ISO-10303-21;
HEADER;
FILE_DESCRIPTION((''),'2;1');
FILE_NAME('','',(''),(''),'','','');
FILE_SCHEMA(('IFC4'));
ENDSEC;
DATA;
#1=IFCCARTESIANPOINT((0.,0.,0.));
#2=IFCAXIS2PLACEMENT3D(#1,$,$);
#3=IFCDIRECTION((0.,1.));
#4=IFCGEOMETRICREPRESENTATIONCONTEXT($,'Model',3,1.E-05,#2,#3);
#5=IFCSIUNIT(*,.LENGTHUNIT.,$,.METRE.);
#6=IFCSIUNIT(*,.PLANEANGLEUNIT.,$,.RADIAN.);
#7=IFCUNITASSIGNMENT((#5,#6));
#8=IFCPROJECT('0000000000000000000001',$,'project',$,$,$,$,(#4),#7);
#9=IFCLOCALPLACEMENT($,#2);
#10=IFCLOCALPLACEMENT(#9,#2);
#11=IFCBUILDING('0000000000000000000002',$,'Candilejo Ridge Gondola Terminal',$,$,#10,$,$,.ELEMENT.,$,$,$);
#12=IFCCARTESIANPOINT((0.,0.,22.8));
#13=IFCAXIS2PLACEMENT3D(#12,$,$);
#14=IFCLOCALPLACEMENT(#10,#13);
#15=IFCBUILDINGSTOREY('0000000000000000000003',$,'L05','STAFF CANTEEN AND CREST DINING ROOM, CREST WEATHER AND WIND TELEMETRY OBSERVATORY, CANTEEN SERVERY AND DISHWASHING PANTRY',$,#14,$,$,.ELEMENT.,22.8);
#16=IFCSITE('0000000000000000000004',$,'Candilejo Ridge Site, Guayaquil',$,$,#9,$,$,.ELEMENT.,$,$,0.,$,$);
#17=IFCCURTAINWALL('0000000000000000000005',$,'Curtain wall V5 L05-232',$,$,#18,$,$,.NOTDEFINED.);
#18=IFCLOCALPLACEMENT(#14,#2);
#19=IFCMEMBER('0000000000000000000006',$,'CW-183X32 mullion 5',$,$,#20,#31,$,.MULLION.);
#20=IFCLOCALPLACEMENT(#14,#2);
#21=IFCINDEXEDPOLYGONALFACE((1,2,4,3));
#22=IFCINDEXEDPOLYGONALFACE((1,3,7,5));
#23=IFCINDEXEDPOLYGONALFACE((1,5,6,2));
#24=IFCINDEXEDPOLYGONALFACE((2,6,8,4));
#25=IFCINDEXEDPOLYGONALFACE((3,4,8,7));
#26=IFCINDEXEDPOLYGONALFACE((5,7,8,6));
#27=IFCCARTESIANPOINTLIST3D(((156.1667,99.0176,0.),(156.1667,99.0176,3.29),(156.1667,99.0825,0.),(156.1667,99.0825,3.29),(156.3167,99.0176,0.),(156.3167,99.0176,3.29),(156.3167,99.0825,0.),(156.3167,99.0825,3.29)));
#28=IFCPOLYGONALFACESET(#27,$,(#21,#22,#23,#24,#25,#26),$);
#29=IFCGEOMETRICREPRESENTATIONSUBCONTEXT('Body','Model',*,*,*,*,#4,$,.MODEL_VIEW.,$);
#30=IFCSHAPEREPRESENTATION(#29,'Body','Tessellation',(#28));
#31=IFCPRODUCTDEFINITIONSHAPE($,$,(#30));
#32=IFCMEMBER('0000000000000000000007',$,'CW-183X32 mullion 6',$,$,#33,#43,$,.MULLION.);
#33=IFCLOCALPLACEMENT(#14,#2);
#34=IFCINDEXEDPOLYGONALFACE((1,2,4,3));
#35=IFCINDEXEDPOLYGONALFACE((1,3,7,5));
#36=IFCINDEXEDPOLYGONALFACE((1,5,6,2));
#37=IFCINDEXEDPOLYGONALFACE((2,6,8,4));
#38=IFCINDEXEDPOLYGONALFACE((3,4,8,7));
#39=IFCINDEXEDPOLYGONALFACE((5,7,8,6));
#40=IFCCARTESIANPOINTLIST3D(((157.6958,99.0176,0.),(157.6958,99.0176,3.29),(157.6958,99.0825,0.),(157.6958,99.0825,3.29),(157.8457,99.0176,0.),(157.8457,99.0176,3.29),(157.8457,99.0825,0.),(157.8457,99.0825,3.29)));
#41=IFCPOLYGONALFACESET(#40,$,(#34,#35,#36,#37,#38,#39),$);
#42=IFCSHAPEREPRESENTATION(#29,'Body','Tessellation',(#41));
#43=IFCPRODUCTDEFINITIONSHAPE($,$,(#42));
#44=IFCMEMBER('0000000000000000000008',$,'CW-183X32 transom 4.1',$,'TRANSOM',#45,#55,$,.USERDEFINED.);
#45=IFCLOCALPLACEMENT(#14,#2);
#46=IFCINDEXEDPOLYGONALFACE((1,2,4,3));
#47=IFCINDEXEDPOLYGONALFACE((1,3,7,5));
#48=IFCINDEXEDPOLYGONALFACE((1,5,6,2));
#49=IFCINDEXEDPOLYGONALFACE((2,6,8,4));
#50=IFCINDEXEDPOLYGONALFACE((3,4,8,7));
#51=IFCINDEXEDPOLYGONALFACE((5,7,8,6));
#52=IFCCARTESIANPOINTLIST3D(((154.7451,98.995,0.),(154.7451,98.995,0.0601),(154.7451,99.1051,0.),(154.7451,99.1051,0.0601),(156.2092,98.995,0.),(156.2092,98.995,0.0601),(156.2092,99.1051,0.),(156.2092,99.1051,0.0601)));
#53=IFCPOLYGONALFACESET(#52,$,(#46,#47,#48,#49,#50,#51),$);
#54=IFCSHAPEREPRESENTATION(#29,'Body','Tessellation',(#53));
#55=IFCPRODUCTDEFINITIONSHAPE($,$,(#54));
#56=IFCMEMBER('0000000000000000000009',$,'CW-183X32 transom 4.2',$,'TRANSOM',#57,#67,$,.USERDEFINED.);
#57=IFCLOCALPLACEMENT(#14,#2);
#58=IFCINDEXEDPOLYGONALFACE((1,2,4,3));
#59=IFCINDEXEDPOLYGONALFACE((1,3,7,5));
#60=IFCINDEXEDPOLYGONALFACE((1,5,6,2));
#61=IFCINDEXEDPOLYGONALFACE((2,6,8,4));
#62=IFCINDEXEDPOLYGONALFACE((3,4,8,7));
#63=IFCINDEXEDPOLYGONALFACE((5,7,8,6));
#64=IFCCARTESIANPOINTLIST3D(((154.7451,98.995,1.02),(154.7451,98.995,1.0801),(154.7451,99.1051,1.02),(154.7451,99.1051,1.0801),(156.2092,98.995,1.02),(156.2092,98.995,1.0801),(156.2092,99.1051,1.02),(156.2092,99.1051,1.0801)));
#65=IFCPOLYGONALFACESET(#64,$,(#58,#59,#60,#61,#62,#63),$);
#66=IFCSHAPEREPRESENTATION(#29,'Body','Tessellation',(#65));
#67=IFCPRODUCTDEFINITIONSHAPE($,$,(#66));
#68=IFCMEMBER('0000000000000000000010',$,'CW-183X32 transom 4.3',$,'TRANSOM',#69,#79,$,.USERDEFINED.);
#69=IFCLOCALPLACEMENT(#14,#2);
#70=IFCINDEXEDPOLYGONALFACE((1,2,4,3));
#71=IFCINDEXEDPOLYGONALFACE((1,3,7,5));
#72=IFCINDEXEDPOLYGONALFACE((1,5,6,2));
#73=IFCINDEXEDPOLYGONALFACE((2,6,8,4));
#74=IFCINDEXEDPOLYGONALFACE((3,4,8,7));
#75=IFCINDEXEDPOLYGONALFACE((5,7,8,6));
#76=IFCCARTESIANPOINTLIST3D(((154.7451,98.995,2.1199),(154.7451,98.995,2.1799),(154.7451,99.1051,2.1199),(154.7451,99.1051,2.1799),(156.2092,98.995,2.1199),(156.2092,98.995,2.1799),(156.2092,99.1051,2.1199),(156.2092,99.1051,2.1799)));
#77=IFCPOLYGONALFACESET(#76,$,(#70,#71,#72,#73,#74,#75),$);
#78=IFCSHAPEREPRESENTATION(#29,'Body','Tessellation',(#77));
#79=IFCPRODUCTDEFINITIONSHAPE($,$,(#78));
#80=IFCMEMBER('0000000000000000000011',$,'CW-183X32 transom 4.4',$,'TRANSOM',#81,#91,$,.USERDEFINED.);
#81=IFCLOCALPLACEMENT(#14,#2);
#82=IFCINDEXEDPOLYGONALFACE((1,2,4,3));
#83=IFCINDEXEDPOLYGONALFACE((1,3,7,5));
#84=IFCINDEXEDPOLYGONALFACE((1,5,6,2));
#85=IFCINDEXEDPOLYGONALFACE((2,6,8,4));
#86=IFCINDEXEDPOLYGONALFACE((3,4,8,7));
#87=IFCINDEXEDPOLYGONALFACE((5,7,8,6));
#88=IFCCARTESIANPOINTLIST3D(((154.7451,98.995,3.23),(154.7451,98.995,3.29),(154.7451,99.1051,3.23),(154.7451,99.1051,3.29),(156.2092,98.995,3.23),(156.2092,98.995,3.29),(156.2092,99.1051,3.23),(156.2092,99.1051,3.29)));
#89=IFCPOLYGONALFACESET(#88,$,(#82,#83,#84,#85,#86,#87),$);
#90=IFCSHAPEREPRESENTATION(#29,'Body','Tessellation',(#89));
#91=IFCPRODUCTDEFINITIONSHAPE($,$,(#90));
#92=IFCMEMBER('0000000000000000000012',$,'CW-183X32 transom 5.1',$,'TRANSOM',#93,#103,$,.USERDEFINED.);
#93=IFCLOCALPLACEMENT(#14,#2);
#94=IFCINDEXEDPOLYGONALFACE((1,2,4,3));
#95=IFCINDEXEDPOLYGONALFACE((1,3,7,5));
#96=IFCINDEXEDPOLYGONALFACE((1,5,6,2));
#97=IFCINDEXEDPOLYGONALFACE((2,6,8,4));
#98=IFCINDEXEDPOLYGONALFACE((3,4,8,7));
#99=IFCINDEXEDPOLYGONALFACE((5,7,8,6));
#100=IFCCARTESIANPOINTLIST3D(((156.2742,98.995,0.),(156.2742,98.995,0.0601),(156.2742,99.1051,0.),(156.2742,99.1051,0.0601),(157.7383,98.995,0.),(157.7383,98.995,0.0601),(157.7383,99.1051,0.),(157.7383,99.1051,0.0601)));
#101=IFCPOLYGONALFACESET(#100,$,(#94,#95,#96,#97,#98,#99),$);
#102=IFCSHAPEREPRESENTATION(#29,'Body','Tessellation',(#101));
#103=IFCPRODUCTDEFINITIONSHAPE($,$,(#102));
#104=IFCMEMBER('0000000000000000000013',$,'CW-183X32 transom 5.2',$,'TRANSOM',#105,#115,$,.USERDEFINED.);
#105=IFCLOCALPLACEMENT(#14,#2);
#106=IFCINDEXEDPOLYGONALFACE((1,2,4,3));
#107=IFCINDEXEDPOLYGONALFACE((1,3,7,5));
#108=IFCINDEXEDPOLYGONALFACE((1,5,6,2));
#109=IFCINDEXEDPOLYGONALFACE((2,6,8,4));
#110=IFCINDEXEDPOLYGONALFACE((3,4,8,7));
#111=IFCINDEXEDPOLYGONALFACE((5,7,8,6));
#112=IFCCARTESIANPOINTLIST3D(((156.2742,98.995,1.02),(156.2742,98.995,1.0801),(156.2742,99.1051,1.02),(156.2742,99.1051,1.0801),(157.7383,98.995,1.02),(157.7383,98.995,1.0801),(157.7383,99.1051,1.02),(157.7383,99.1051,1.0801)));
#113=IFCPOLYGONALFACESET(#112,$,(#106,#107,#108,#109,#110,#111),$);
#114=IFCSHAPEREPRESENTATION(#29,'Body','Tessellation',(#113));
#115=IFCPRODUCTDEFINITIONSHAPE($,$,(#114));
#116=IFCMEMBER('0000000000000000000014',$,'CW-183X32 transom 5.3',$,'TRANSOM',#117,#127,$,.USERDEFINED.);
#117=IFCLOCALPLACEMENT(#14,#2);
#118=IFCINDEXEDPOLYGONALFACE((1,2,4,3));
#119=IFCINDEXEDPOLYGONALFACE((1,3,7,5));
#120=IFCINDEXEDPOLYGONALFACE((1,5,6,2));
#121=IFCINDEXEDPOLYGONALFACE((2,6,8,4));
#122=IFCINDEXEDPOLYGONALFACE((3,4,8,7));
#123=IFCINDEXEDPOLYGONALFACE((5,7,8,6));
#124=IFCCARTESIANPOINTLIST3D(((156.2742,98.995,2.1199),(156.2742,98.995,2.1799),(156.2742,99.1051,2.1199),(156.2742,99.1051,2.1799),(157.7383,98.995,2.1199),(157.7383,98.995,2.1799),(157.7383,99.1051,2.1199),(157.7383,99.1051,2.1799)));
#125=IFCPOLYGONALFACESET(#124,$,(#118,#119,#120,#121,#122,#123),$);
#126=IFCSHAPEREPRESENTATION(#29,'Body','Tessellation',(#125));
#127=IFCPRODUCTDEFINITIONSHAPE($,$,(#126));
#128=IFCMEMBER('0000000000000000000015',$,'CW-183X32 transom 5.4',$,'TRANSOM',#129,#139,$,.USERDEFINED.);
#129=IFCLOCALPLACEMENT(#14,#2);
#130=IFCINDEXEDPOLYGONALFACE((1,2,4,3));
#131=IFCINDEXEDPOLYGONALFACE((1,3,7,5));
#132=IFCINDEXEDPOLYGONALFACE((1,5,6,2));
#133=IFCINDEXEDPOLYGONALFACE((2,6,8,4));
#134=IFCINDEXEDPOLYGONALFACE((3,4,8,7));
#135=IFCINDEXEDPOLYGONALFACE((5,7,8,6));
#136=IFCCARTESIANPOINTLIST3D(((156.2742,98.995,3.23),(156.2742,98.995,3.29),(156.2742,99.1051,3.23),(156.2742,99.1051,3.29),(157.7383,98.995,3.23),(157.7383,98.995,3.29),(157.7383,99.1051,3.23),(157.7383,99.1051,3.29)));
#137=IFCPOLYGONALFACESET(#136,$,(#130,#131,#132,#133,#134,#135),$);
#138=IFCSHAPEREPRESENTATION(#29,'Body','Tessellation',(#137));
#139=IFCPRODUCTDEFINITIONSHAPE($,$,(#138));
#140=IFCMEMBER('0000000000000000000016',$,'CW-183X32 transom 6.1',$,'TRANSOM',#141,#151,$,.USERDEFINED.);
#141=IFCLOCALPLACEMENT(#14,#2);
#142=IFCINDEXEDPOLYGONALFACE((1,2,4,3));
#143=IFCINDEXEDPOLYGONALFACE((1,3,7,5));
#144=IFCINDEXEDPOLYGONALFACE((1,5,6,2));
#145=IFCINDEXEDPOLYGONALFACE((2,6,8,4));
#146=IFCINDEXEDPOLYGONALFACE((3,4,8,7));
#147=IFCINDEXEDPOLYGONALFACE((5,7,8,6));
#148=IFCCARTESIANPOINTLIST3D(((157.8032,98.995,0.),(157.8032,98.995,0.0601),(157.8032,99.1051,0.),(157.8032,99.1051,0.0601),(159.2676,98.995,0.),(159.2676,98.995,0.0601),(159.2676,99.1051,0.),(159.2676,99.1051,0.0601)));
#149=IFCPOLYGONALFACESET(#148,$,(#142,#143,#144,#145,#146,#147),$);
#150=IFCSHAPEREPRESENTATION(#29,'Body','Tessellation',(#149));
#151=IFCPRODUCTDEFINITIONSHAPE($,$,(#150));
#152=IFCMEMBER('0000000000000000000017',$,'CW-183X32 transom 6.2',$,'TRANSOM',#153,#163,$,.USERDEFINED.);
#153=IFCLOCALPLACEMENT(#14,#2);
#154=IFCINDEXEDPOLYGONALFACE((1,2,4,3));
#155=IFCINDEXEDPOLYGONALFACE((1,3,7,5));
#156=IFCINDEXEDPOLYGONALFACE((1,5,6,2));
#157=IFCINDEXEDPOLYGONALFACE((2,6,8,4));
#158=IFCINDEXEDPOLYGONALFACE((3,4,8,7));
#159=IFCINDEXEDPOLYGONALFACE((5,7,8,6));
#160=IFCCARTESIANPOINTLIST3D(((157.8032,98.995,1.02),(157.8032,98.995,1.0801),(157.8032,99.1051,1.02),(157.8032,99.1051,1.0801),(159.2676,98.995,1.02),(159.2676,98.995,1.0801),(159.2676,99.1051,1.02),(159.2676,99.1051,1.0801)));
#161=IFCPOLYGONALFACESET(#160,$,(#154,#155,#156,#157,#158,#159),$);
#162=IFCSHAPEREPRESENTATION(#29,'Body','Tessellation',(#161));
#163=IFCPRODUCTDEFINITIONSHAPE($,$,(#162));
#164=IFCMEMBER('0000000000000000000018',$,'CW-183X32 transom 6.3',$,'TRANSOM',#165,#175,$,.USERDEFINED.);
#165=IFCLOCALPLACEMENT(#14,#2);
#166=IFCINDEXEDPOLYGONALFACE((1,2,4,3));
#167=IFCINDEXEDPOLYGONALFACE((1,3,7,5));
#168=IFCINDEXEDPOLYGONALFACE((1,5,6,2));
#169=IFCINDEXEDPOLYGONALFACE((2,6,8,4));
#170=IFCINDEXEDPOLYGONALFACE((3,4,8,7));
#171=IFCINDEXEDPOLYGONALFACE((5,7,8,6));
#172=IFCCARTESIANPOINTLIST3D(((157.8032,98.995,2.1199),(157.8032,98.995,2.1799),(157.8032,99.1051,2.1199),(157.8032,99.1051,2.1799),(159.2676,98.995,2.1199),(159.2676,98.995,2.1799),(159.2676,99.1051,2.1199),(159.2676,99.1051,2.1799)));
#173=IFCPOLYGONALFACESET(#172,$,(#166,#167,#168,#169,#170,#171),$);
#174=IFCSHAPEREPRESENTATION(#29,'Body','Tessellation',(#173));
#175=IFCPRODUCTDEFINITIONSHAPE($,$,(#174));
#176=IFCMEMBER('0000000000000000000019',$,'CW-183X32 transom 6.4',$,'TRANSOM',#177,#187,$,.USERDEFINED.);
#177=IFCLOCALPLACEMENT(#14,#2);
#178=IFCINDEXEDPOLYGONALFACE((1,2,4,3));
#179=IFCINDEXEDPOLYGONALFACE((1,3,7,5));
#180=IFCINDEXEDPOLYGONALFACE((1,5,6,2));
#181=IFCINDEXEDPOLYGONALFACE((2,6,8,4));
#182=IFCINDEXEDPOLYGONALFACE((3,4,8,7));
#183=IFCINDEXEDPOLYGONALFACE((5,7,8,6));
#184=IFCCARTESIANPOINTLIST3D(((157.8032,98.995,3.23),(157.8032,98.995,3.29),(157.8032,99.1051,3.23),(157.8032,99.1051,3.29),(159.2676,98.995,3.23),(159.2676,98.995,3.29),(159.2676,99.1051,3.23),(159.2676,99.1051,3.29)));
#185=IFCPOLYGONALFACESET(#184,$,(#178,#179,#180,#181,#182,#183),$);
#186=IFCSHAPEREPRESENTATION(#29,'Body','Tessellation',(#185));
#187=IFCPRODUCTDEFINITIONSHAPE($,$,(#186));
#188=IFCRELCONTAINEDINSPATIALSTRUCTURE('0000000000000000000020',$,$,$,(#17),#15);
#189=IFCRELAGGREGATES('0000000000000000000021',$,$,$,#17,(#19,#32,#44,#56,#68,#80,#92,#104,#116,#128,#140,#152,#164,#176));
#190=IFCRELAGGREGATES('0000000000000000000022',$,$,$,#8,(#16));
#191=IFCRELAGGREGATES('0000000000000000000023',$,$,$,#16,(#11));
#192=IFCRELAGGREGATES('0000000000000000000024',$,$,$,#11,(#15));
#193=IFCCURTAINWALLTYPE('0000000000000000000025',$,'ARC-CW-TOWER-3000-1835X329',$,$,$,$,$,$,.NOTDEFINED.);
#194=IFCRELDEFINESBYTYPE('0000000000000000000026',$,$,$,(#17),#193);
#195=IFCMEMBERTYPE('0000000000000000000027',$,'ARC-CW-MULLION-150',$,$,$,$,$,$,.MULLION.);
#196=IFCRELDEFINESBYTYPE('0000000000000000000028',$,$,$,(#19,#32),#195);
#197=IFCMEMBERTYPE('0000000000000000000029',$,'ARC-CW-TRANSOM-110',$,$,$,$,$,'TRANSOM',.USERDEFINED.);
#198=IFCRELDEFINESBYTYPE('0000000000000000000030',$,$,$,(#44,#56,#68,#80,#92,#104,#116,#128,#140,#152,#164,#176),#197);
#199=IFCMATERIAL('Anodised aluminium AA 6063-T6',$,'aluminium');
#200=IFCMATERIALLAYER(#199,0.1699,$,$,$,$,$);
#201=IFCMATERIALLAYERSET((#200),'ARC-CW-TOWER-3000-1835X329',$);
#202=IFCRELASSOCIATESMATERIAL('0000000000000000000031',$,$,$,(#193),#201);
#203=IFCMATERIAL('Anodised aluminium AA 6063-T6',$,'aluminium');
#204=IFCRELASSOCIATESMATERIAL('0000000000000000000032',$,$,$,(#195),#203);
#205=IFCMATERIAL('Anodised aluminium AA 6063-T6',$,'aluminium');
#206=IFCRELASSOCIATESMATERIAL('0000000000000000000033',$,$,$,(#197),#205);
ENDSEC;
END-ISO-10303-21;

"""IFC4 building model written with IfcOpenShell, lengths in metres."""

from ifc_helpers import new_model, si_unit, direction, frame, origin, origin_2d, place, context, subcontext, project, spatial, rectangle, extrude, material, layer, layer_set, material_profile, profile_set, type_object, element, aggregate, save


model = new_model("IFC4")

# Units and contexts
model_context = context("Model", 3, precision=1e-05, world=origin(), true_north=direction((0.0, 1.0)))
body_context = subcontext(model_context, "Body", "Model", "MODEL_VIEW")
ifc_project = project(units=[si_unit("LENGTHUNIT", "METRE"), si_unit("PLANEANGLEUNIT", "RADIAN")], contexts=[model_context])

# Site, building, storey
site_placement = place(None, origin())
site = spatial("IfcSite", under=ifc_project, at=site_placement, Name="Candilejo Ridge Site, Guayaquil", CompositionType="ELEMENT", RefElevation=0.0)
building_placement = place(site_placement, origin())
building = spatial("IfcBuilding", under=site, at=building_placement, Name="Candilejo Ridge Gondola Terminal", CompositionType="ELEMENT")
storey_placement = place(building_placement, frame((0.0, 0.0, 22.8)))
storey = spatial("IfcBuildingStorey", under=building, at=storey_placement, Name="L05", Description="STAFF CANTEEN AND CREST DINING ROOM, CREST WEATHER AND WIND TELEMETRY OBSERVATORY, CANTEEN SERVERY AND DISHWASHING PANTRY", CompositionType="ELEMENT", Elevation=22.8)

# Curtain wall, members
ifc_material_1 = material(Name="Anodised aluminium AA 6063-T6", Category="aluminium")
ifc_layer_1 = layer(ifc_material_1, 0.1699)
ifc_layer_set_1 = layer_set([ifc_layer_1], Name="ARC-CW-TOWER-3000-1835X329")
curtain_wall_type = type_object("IfcCurtainWallType", Name="ARC-CW-TOWER-3000-1835X329", PredefinedType="NOTDEFINED", material=ifc_layer_set_1)
curtain_wall_placement = place(storey_placement, origin())
curtain_wall = element("IfcCurtainWall", 1, at=curtain_wall_placement, inside=storey, type_object=curtain_wall_type, Name="Curtain wall V5 L05-232", PredefinedType="NOTDEFINED")
ifc_material_2 = material(Name="Anodised aluminium AA 6063-T6", Category="aluminium")
ifc_material_profile_1 = material_profile(ifc_material_2, rectangle(XDim=0.0649, YDim=0.1499, at=origin_2d()))
ifc_profile_set_1 = profile_set([ifc_material_profile_1], Name="Anodised aluminium AA 6063-T6")
member_type_1 = type_object("IfcMemberType", Name="ARC-CW-MULLION-150", PredefinedType="MULLION", material=ifc_profile_set_1)
member_1_placement = place(storey_placement, frame((156.2417, 99.05, 0.0), z_axis=(0.0, 0.0, 1.0), x_axis=(0.0, 1.0, 0.0)))
member_1 = element("IfcMember", 2, at=member_1_placement, type_object=member_type_1, Name="CW-183X32 mullion 5", PredefinedType="MULLION", context=body_context, shape_type="SweptSolid", body=[
    extrude(rectangle(XDim=0.0649, YDim=0.1499, at=origin_2d()), origin(), (0.0, 0.0, 1.0), 3.29),
])
member_2_placement = place(storey_placement, frame((157.7708, 99.05, 0.0), z_axis=(0.0, 0.0, 1.0), x_axis=(0.0, 1.0, 0.0)))
member_2 = element("IfcMember", 3, at=member_2_placement, type_object=member_type_1, Name="CW-183X32 mullion 6", PredefinedType="MULLION", context=body_context, shape_type="SweptSolid", body=[
    extrude(rectangle(XDim=0.0649, YDim=0.1499, at=origin_2d()), origin(), (0.0, 0.0, 1.0), 3.29),
])
ifc_material_3 = material(Name="Anodised aluminium AA 6063-T6", Category="aluminium")
ifc_material_profile_2 = material_profile(ifc_material_3, rectangle(XDim=0.1101, YDim=0.0601, at=origin_2d()))
ifc_profile_set_2 = profile_set([ifc_material_profile_2], Name="Anodised aluminium AA 6063-T6")
member_type_2 = type_object("IfcMemberType", Name="ARC-CW-TRANSOM-110", ElementType="TRANSOM", PredefinedType="USERDEFINED", material=ifc_profile_set_2)
member_3_placement = place(storey_placement, frame((154.7451, 99.05, 0.03), z_axis=(1.0, 0.0, 0.0), x_axis=(0.0, 1.0, 0.0)))
member_3 = element("IfcMember", 4, at=member_3_placement, type_object=member_type_2, Name="CW-183X32 transom 4.1", ObjectType="TRANSOM", PredefinedType="USERDEFINED", context=body_context, shape_type="SweptSolid", body=[
    extrude(rectangle(XDim=0.1101, YDim=0.0601, at=origin_2d()), origin(), (0.0, 0.0, 1.0), 1.4641),
])
member_4_placement = place(storey_placement, frame((154.7451, 99.05, 1.05), z_axis=(1.0, 0.0, 0.0), x_axis=(0.0, 1.0, 0.0)))
member_4 = element("IfcMember", 5, at=member_4_placement, type_object=member_type_2, Name="CW-183X32 transom 4.2", ObjectType="TRANSOM", PredefinedType="USERDEFINED", context=body_context, shape_type="SweptSolid", body=[
    extrude(rectangle(XDim=0.1101, YDim=0.0601, at=origin_2d()), origin(), (0.0, 0.0, 1.0), 1.4641),
])
member_5_placement = place(storey_placement, frame((154.7451, 99.05, 2.1499), z_axis=(1.0, 0.0, 0.0), x_axis=(0.0, 1.0, 0.0)))
member_5 = element("IfcMember", 6, at=member_5_placement, type_object=member_type_2, Name="CW-183X32 transom 4.3", ObjectType="TRANSOM", PredefinedType="USERDEFINED", context=body_context, shape_type="SweptSolid", body=[
    extrude(rectangle(XDim=0.1101, YDim=0.0601, at=origin_2d()), origin(), (0.0, 0.0, 1.0), 1.4641),
])
member_6_placement = place(storey_placement, frame((154.7451, 99.05, 3.26), z_axis=(1.0, 0.0, 0.0), x_axis=(0.0, 1.0, 0.0)))
member_6 = element("IfcMember", 7, at=member_6_placement, type_object=member_type_2, Name="CW-183X32 transom 4.4", ObjectType="TRANSOM", PredefinedType="USERDEFINED", context=body_context, shape_type="SweptSolid", body=[
    extrude(rectangle(XDim=0.1101, YDim=0.0601, at=origin_2d()), origin(), (0.0, 0.0, 1.0), 1.4641),
])
member_7_placement = place(storey_placement, frame((156.2742, 99.05, 0.03), z_axis=(1.0, 0.0, 0.0), x_axis=(0.0, 1.0, 0.0)))
member_7 = element("IfcMember", 8, at=member_7_placement, type_object=member_type_2, Name="CW-183X32 transom 5.1", ObjectType="TRANSOM", PredefinedType="USERDEFINED", context=body_context, shape_type="SweptSolid", body=[
    extrude(rectangle(XDim=0.1101, YDim=0.0601, at=origin_2d()), origin(), (0.0, 0.0, 1.0), 1.4641),
])
member_8_placement = place(storey_placement, frame((156.2742, 99.05, 1.05), z_axis=(1.0, 0.0, 0.0), x_axis=(0.0, 1.0, 0.0)))
member_8 = element("IfcMember", 9, at=member_8_placement, type_object=member_type_2, Name="CW-183X32 transom 5.2", ObjectType="TRANSOM", PredefinedType="USERDEFINED", context=body_context, shape_type="SweptSolid", body=[
    extrude(rectangle(XDim=0.1101, YDim=0.0601, at=origin_2d()), origin(), (0.0, 0.0, 1.0), 1.4641),
])
member_9_placement = place(storey_placement, frame((156.2742, 99.05, 2.1499), z_axis=(1.0, 0.0, 0.0), x_axis=(0.0, 1.0, 0.0)))
member_9 = element("IfcMember", 10, at=member_9_placement, type_object=member_type_2, Name="CW-183X32 transom 5.3", ObjectType="TRANSOM", PredefinedType="USERDEFINED", context=body_context, shape_type="SweptSolid", body=[
    extrude(rectangle(XDim=0.1101, YDim=0.0601, at=origin_2d()), origin(), (0.0, 0.0, 1.0), 1.4641),
])
member_10_placement = place(storey_placement, frame((156.2742, 99.05, 3.26), z_axis=(1.0, 0.0, 0.0), x_axis=(0.0, 1.0, 0.0)))
member_10 = element("IfcMember", 11, at=member_10_placement, type_object=member_type_2, Name="CW-183X32 transom 5.4", ObjectType="TRANSOM", PredefinedType="USERDEFINED", context=body_context, shape_type="SweptSolid", body=[
    extrude(rectangle(XDim=0.1101, YDim=0.0601, at=origin_2d()), origin(), (0.0, 0.0, 1.0), 1.4641),
])
member_11_placement = place(storey_placement, frame((157.8032, 99.05, 0.03), z_axis=(1.0, 0.0, 0.0), x_axis=(0.0, 1.0, 0.0)))
member_11 = element("IfcMember", 12, at=member_11_placement, type_object=member_type_2, Name="CW-183X32 transom 6.1", ObjectType="TRANSOM", PredefinedType="USERDEFINED", context=body_context, shape_type="SweptSolid", body=[
    extrude(rectangle(XDim=0.1101, YDim=0.0601, at=origin_2d()), origin(), (0.0, 0.0, 1.0), 1.4644),
])
member_12_placement = place(storey_placement, frame((157.8032, 99.05, 1.05), z_axis=(1.0, 0.0, 0.0), x_axis=(0.0, 1.0, 0.0)))
member_12 = element("IfcMember", 13, at=member_12_placement, type_object=member_type_2, Name="CW-183X32 transom 6.2", ObjectType="TRANSOM", PredefinedType="USERDEFINED", context=body_context, shape_type="SweptSolid", body=[
    extrude(rectangle(XDim=0.1101, YDim=0.0601, at=origin_2d()), origin(), (0.0, 0.0, 1.0), 1.4644),
])
member_13_placement = place(storey_placement, frame((157.8032, 99.05, 2.1499), z_axis=(1.0, 0.0, 0.0), x_axis=(0.0, 1.0, 0.0)))
member_13 = element("IfcMember", 14, at=member_13_placement, type_object=member_type_2, Name="CW-183X32 transom 6.3", ObjectType="TRANSOM", PredefinedType="USERDEFINED", context=body_context, shape_type="SweptSolid", body=[
    extrude(rectangle(XDim=0.1101, YDim=0.0601, at=origin_2d()), origin(), (0.0, 0.0, 1.0), 1.4644),
])
member_14_placement = place(storey_placement, frame((157.8032, 99.05, 3.26), z_axis=(1.0, 0.0, 0.0), x_axis=(0.0, 1.0, 0.0)))
member_14 = element("IfcMember", 15, at=member_14_placement, type_object=member_type_2, Name="CW-183X32 transom 6.4", ObjectType="TRANSOM", PredefinedType="USERDEFINED", context=body_context, shape_type="SweptSolid", body=[
    extrude(rectangle(XDim=0.1101, YDim=0.0601, at=origin_2d()), origin(), (0.0, 0.0, 1.0), 1.4644),
])
aggregate(curtain_wall, [member_1, member_2, member_3, member_4, member_5, member_6, member_7, member_8, member_9, member_10, member_11, member_12, member_13, member_14])

save(model, "model.ifc")
